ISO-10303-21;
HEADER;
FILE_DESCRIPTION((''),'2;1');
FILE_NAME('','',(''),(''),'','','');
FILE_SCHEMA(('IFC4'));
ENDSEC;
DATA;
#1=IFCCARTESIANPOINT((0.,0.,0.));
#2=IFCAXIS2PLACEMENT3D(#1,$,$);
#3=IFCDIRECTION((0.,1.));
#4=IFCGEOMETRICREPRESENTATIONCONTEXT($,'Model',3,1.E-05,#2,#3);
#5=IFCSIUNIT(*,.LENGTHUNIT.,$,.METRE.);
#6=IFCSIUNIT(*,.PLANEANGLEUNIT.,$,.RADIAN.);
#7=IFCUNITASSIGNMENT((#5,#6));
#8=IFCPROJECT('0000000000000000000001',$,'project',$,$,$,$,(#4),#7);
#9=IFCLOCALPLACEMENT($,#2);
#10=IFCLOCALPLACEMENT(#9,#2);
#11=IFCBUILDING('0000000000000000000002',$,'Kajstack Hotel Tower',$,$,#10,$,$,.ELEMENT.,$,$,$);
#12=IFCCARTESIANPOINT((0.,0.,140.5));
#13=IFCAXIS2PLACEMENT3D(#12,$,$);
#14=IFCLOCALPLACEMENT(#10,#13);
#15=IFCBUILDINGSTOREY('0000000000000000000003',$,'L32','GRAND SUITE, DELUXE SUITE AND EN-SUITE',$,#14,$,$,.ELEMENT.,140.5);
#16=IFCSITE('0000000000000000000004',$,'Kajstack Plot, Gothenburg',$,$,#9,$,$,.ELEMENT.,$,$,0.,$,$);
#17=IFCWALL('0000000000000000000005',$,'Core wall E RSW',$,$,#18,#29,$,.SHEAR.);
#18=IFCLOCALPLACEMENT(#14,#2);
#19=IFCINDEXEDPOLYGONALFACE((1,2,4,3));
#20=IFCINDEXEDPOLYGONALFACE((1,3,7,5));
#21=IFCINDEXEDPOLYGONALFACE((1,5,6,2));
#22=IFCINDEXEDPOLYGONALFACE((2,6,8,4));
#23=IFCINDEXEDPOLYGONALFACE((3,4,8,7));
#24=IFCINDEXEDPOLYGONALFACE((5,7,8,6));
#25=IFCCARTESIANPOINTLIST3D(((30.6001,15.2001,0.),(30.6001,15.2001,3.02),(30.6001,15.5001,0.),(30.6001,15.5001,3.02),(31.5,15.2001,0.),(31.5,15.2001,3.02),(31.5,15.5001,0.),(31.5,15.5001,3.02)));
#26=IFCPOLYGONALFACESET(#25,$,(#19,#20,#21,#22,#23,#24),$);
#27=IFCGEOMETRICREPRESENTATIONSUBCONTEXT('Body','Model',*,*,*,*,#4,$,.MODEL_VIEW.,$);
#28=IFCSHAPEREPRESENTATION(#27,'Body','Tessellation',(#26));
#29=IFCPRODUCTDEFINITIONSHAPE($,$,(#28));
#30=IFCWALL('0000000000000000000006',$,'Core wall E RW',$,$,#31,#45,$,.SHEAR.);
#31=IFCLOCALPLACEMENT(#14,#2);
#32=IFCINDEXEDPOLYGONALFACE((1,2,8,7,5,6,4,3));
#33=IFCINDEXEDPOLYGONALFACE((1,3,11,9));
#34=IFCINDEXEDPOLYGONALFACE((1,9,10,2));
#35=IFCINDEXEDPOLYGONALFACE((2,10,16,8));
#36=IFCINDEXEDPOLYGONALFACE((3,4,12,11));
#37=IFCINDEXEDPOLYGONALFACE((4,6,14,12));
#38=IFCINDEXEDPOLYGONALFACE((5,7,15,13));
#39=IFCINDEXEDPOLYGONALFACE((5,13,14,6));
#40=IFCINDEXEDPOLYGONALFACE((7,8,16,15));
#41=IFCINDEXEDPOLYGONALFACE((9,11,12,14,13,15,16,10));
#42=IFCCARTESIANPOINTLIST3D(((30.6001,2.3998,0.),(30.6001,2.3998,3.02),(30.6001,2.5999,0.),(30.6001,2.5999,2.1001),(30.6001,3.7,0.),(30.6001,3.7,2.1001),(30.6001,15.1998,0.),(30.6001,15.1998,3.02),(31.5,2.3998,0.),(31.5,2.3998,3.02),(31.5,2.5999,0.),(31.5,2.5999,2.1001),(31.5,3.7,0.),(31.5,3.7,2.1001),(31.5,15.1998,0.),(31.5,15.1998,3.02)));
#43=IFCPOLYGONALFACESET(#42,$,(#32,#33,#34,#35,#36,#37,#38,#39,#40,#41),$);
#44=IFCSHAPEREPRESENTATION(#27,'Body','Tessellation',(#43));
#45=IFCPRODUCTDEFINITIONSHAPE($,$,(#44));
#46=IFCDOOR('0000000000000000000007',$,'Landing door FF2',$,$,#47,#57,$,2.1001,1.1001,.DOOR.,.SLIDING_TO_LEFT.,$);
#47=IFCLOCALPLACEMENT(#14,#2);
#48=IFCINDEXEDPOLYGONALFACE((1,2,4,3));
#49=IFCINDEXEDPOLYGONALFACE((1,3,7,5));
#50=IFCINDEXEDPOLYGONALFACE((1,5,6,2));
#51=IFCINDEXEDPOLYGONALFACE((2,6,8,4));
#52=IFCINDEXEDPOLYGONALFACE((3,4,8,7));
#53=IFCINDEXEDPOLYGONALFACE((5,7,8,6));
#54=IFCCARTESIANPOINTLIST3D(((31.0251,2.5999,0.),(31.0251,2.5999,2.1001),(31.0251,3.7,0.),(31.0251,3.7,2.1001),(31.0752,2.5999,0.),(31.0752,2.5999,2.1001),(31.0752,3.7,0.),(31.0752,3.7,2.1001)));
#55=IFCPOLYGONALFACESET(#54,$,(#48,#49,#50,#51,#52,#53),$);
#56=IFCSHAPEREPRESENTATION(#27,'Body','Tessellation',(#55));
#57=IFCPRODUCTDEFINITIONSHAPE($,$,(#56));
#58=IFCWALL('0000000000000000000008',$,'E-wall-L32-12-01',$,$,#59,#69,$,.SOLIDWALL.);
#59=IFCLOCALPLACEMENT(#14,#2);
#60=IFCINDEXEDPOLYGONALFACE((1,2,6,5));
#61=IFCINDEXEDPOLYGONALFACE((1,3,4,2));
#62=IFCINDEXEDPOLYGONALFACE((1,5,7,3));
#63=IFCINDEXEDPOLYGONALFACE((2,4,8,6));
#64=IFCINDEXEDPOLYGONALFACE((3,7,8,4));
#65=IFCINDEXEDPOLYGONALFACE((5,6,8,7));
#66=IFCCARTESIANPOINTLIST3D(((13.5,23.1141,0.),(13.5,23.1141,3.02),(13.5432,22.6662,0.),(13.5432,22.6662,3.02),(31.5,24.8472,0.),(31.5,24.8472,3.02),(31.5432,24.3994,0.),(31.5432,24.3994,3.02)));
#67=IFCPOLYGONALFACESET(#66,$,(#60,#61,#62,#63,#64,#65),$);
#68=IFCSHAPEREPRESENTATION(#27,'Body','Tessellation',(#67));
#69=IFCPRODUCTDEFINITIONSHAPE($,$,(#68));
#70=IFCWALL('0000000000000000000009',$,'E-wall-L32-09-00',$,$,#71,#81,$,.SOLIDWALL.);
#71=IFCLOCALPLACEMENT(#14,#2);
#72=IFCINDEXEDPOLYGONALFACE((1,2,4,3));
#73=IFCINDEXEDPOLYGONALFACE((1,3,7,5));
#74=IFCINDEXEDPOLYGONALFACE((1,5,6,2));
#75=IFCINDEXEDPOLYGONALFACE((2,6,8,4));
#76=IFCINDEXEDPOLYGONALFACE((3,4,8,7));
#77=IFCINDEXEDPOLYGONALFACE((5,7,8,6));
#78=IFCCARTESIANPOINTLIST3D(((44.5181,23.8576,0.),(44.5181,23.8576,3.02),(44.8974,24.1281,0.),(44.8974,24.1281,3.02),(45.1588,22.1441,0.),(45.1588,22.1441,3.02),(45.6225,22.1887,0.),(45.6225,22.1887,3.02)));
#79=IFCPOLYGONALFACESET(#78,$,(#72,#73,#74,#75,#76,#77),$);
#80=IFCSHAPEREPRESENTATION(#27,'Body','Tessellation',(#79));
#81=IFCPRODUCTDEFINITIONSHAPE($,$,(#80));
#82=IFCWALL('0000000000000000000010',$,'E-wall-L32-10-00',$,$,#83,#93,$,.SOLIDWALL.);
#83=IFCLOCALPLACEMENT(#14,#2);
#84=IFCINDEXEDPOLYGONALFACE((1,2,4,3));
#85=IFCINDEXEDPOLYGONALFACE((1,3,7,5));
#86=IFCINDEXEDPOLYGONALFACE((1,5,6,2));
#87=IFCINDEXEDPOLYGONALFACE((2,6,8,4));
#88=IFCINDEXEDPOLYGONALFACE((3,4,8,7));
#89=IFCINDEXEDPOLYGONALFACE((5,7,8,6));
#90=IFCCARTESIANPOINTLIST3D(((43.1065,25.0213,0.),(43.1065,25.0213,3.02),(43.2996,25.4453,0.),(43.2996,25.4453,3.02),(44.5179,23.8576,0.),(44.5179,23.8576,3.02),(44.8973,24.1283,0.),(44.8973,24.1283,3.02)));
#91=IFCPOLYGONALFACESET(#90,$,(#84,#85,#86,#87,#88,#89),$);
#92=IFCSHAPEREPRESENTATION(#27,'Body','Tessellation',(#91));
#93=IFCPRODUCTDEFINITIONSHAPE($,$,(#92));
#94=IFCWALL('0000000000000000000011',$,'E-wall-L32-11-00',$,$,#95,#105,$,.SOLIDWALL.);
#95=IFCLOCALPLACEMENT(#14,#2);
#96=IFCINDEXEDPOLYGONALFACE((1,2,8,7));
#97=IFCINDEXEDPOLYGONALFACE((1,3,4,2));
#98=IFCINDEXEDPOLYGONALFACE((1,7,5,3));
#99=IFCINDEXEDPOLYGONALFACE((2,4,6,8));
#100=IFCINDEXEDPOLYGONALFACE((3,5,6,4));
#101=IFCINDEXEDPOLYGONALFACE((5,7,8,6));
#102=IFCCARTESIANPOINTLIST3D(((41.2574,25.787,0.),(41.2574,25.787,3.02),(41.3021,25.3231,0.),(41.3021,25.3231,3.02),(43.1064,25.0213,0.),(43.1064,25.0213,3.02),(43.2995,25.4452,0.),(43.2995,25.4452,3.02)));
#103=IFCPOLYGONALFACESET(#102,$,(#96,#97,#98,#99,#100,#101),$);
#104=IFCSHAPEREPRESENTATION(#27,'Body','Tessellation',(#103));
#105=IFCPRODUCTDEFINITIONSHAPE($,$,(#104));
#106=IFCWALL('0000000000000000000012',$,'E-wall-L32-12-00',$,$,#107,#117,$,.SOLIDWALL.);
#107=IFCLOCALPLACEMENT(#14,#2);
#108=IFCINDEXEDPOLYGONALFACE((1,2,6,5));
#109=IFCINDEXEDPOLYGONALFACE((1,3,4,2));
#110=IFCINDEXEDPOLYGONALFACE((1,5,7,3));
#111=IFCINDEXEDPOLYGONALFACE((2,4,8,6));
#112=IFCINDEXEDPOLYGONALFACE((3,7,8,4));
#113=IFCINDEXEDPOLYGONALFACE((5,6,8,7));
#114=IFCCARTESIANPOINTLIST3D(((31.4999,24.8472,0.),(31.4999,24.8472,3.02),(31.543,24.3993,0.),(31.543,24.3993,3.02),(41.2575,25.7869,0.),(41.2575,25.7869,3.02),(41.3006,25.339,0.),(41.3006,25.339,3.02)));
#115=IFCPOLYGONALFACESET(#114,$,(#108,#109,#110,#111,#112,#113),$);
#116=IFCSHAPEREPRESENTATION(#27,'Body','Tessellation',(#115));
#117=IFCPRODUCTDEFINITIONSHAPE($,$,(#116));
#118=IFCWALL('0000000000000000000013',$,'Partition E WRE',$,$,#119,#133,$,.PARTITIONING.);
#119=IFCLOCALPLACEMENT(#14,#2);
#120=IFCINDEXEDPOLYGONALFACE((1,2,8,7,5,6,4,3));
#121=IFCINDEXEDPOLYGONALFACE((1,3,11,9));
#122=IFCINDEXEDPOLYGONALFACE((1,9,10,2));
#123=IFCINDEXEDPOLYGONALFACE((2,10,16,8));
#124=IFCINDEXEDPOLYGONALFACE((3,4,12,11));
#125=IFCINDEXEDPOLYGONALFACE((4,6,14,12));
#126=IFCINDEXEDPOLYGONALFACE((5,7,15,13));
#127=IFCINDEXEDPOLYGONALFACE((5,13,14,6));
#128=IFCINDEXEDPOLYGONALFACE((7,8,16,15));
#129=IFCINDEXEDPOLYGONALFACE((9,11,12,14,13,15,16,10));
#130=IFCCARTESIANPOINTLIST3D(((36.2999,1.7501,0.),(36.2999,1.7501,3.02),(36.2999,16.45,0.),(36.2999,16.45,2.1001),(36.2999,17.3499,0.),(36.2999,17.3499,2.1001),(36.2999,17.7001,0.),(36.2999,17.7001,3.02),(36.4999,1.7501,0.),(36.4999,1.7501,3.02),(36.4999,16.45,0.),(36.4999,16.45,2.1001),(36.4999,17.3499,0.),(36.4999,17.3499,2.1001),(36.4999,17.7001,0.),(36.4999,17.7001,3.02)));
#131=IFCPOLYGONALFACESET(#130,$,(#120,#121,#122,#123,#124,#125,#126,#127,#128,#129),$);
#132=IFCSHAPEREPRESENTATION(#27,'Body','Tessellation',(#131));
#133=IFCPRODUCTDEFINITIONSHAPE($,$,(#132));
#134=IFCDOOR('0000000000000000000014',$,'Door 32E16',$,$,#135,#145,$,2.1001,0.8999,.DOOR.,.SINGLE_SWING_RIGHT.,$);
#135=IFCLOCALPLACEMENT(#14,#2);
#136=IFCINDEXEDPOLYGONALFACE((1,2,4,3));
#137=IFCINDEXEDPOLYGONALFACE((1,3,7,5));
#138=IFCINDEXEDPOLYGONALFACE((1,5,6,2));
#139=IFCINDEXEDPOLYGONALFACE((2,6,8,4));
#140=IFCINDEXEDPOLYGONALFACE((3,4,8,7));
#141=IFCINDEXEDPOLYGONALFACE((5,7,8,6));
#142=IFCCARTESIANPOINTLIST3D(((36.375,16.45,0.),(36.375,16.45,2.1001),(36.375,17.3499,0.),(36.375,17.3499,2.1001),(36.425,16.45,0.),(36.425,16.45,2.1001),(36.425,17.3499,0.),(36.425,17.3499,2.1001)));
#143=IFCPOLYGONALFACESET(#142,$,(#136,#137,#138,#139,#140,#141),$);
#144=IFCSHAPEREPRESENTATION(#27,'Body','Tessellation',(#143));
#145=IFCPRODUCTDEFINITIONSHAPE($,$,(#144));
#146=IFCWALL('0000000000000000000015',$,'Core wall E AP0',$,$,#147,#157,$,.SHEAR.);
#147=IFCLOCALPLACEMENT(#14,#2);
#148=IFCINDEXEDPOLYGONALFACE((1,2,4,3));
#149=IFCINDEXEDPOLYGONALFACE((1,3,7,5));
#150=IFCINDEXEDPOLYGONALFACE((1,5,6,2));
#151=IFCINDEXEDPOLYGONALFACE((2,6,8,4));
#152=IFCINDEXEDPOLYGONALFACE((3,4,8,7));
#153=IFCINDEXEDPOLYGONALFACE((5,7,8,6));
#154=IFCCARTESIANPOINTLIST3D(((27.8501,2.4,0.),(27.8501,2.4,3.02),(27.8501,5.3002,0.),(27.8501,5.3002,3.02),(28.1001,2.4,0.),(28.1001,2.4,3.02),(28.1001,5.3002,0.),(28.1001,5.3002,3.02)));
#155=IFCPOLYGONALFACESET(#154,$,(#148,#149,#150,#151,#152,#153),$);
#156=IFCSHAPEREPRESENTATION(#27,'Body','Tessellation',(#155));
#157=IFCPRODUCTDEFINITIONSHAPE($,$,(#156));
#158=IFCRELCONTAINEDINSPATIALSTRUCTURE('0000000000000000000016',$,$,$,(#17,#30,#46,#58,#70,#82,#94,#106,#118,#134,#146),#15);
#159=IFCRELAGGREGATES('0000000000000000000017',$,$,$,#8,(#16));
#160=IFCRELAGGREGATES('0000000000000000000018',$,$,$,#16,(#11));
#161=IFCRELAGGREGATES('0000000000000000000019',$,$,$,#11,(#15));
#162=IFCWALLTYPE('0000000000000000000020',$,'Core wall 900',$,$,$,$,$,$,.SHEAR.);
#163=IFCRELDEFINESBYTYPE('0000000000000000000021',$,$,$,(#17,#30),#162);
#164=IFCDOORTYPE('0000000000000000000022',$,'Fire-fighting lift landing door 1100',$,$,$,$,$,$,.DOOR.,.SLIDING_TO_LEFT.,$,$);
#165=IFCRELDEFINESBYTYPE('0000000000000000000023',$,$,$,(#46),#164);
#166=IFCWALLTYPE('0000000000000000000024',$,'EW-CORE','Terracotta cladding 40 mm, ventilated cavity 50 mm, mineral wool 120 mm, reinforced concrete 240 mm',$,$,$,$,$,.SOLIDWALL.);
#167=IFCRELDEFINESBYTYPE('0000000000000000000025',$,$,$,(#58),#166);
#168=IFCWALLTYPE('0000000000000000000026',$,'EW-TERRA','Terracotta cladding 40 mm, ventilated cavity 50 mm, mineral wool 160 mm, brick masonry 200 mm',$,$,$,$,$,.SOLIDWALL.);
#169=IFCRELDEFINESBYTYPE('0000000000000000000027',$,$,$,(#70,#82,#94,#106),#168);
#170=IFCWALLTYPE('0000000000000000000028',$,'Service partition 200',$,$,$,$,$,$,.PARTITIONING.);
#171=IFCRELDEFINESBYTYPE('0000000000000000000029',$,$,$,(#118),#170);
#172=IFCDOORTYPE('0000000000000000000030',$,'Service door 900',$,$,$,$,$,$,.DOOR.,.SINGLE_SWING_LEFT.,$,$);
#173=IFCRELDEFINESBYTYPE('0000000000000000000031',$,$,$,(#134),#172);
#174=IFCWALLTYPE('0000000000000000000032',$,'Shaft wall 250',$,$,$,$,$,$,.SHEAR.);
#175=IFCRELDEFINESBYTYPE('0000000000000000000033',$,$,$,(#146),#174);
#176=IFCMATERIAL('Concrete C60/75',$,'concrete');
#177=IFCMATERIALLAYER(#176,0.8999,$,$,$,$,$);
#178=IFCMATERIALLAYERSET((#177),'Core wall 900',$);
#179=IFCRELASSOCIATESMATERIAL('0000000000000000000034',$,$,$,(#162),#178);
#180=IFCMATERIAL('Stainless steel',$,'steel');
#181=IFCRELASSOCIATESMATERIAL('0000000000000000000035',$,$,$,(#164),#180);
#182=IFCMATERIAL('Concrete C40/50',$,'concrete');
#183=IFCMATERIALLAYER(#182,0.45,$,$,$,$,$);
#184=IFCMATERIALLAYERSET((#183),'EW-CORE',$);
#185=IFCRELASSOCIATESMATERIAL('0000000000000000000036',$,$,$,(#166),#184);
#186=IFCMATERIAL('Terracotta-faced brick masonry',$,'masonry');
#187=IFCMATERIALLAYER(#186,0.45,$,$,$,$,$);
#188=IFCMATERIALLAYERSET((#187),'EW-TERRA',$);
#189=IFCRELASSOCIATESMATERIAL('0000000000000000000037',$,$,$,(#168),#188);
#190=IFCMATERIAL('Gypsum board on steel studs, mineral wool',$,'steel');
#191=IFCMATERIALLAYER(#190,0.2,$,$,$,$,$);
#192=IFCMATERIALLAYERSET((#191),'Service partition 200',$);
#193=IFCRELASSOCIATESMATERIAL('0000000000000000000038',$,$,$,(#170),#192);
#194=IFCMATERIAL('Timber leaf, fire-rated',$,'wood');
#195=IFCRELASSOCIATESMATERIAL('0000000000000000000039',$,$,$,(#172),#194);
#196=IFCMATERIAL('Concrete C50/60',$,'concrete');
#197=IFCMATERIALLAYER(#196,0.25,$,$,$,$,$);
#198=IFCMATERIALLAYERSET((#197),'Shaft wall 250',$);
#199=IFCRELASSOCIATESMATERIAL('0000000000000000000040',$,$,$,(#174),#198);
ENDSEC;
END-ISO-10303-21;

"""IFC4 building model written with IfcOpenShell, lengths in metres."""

from ifc_helpers import new_model, si_unit, direction, frame, frame_2d, origin, place, context, subcontext, project, spatial, polyline, rectangle, outline, extrude, material, layer, layer_set, type_object, element, fill, save


model = new_model("IFC4")

# Units and contexts
model_context = context("Model", 3, precision=1e-05, world=origin(), true_north=direction((0.0, 1.0)))
body_context = subcontext(model_context, "Body", "Model", "MODEL_VIEW")
ifc_project = project(units=[si_unit("LENGTHUNIT", "METRE"), si_unit("PLANEANGLEUNIT", "RADIAN")], contexts=[model_context])

# Site, building, storey
site_placement = place(None, origin())
site = spatial("IfcSite", under=ifc_project, at=site_placement, Name="Kajstack Plot, Gothenburg", CompositionType="ELEMENT", RefElevation=0.0)
building_placement = place(site_placement, origin())
building = spatial("IfcBuilding", under=site, at=building_placement, Name="Kajstack Hotel Tower", CompositionType="ELEMENT")
storey_placement = place(building_placement, frame((0.0, 0.0, 140.5)))
storey = spatial("IfcBuildingStorey", under=building, at=storey_placement, Name="L32", Description="GRAND SUITE, DELUXE SUITE AND EN-SUITE", CompositionType="ELEMENT", Elevation=140.5)

# Wall
ifc_material_1 = material(Name="Concrete C60/75", Category="concrete")
ifc_layer_1 = layer(ifc_material_1, 0.8999)
ifc_layer_set_1 = layer_set([ifc_layer_1], Name="Core wall 900")
wall_type_1 = type_object("IfcWallType", Name="Core wall 900", PredefinedType="SHEAR", material=ifc_layer_set_1)
wall_1_placement = place(storey_placement, frame((30.6001, 15.3501, 0.0), z_axis=(0.0, 0.0, 1.0), x_axis=(1.0, 0.0, 0.0)))
element("IfcWall", 1, at=wall_1_placement, inside=storey, type_object=wall_type_1, Name="Core wall E RSW", PredefinedType="SHEAR", context=body_context, shape_type="SweptSolid", body=[
    extrude(rectangle(XDim=0.8999, YDim=0.3, at=frame_2d((0.45, 0.0))), origin(), (0.0, 0.0, 1.0), 3.02),
])

# Wall, opening, door
wall_2_placement = place(storey_placement, frame((31.05, 2.3999, 0.0), z_axis=(0.0, 0.0, 1.0), x_axis=(0.0, 1.0, 0.0)))
wall_2 = element("IfcWall", 2, at=wall_2_placement, inside=storey, type_object=wall_type_1, Name="Core wall E RW", PredefinedType="SHEAR", context=body_context, shape_type="SweptSolid", body=[
    extrude(rectangle(XDim=12.8, YDim=0.8999, at=frame_2d((6.3999, 0.0))), origin(), (0.0, 0.0, 1.0), 3.02),
])
opening_1_placement = place(wall_2_placement, frame((0.2, 0.0, 0.0)))
opening_1 = element("IfcOpeningElement", 3, at=opening_1_placement, cuts=wall_2, PredefinedType="OPENING", context=body_context, shape_type="SweptSolid", body=[
    extrude(rectangle(XDim=1.1001, YDim=2.1001, at=frame_2d((0.55, 1.05))), frame((0.0, 0.46, 0.0), z_axis=(0.0, -1.0, 0.0), x_axis=(1.0, 0.0, 0.0)), (0.0, 0.0, 1.0), 0.9199),
])
ifc_material_2 = material(Name="Stainless steel", Category="steel")
door_type_1 = type_object("IfcDoorType", Name="Fire-fighting lift landing door 1100", OperationType="SLIDING_TO_LEFT", PredefinedType="DOOR", material=ifc_material_2)
door_1_placement = place(opening_1_placement, origin())
door_1 = element("IfcDoor", 4, at=door_1_placement, inside=storey, type_object=door_type_1, Name="Landing door FF2", OperationType="SLIDING_TO_LEFT", OverallHeight=2.1001, OverallWidth=1.1001, PredefinedType="DOOR", context=body_context, shape_type="SweptSolid", body=[
    extrude(rectangle(XDim=1.1001, YDim=2.1001, at=frame_2d((0.55, 1.05))), frame((0.0, 0.0249, 0.0), z_axis=(0.0, -1.0, 0.0), x_axis=(1.0, 0.0, 0.0)), (0.0, 0.0, 1.0), 0.05),
])
fill(opening_1, door_1)

# Walls
ifc_material_3 = material(Name="Concrete C40/50", Category="concrete")
ifc_layer_2 = layer(ifc_material_3, 0.45)
ifc_layer_set_2 = layer_set([ifc_layer_2], Name="EW-CORE")
wall_type_2 = type_object("IfcWallType", Name="EW-CORE", Description="Terracotta cladding 40 mm, ventilated cavity 50 mm, mineral wool 120 mm, reinforced concrete 240 mm", PredefinedType="SOLIDWALL", material=ifc_layer_set_2)
wall_3_placement = place(storey_placement, frame((31.5215, 24.6233, 0.0), z_axis=(0.0, 0.0, 1.0), x_axis=(-0.995396, -0.095843, 0.0)))
element("IfcWall", 5, at=wall_3_placement, inside=storey, type_object=wall_type_2, Name="E-wall-L32-12-01", PredefinedType="SOLIDWALL", context=body_context, shape_type="SweptSolid", body=[
    extrude(rectangle(XDim=18.0833, YDim=0.45, at=frame_2d((9.0415, 0.0))), origin(), (0.0, 0.0, 1.0), 3.02),
])
ifc_material_4 = material(Name="Terracotta-faced brick masonry", Category="masonry")
ifc_layer_3 = layer(ifc_material_4, 0.45)
ifc_layer_set_3 = layer_set([ifc_layer_3], Name="EW-TERRA")
wall_type_3 = type_object("IfcWallType", Name="EW-TERRA", Description="Terracotta cladding 40 mm, ventilated cavity 50 mm, mineral wool 160 mm, brick masonry 200 mm", PredefinedType="SOLIDWALL", material=ifc_layer_set_3)
wall_4_placement = place(storey_placement, frame((45.4116, 22.1099, 0.0), z_axis=(0.0, 0.0, 1.0), x_axis=(-0.350193, 0.936678, 0.0)))
element("IfcWall", 6, at=wall_4_placement, inside=storey, type_object=wall_type_3, Name="E-wall-L32-09-00", PredefinedType="SOLIDWALL", context=body_context, shape_type="SweptSolid", body=[
    extrude(outline(polyline([(0.0, -0.2251), (2.0706, -0.2251), (1.95, 0.2249), (0.1206, 0.2249), (0.0, -0.2251)])), origin(), (0.0, 0.0, 1.0), 3.02),
])
wall_5_placement = place(storey_placement, frame((44.7542, 23.9546, 0.0), z_axis=(0.0, 0.0, 1.0), x_axis=(-0.771651, 0.636046, 0.0)))
element("IfcWall", 7, at=wall_5_placement, inside=storey, type_object=wall_type_3, Name="E-wall-L32-10-00", PredefinedType="SOLIDWALL", context=body_context, shape_type="SweptSolid", body=[
    extrude(outline(polyline([(0.0, -0.2251), (2.0706, -0.2251), (1.95, 0.2249), (0.1206, 0.2251), (0.0, -0.2251)])), origin(), (0.0, 0.0, 1.0), 3.02),
])
wall_6_placement = place(storey_placement, frame((43.2625, 25.2234, 0.0), z_axis=(0.0, 0.0, 1.0), x_axis=(-0.986298, 0.164973, 0.0)))
element("IfcWall", 8, at=wall_6_placement, inside=storey, type_object=wall_type_3, Name="E-wall-L32-11-00", PredefinedType="SOLIDWALL", context=body_context, shape_type="SweptSolid", body=[
    extrude(outline(polyline([(0.0, -0.2249), (2.0706, -0.2251), (1.95, 0.2251), (0.1206, 0.2251), (0.0, -0.2249)])), origin(), (0.0, 0.0, 1.0), 3.02),
])
wall_7_placement = place(storey_placement, frame((41.2791, 25.563, 0.0), z_axis=(0.0, 0.0, 1.0), x_axis=(-0.995395, -0.095861, 0.0)))
element("IfcWall", 9, at=wall_7_placement, inside=storey, type_object=wall_type_3, Name="E-wall-L32-12-00", PredefinedType="SOLIDWALL", context=body_context, shape_type="SweptSolid", body=[
    extrude(rectangle(XDim=9.8027, YDim=0.45, at=frame_2d((4.9014, 0.0))), origin(), (0.0, 0.0, 1.0), 3.02),
])

# Wall, opening, door
ifc_material_5 = material(Name="Gypsum board on steel studs, mineral wool", Category="steel")
ifc_layer_4 = layer(ifc_material_5, 0.2)
ifc_layer_set_4 = layer_set([ifc_layer_4], Name="Service partition 200")
wall_type_4 = type_object("IfcWallType", Name="Service partition 200", PredefinedType="PARTITIONING", material=ifc_layer_set_4)
wall_8_placement = place(storey_placement, frame((36.3999, 1.75, 0.0), z_axis=(0.0, 0.0, 1.0), x_axis=(0.0, 1.0, 0.0)))
wall_8 = element("IfcWall", 10, at=wall_8_placement, inside=storey, type_object=wall_type_4, Name="Partition E WRE", PredefinedType="PARTITIONING", context=body_context, shape_type="SweptSolid", body=[
    extrude(rectangle(XDim=15.95, YDim=0.2, at=frame_2d((7.9751, 0.0))), origin(), (0.0, 0.0, 1.0), 3.02),
])
opening_2_placement = place(wall_8_placement, frame((14.7, 0.0, 0.0)))
opening_2 = element("IfcOpeningElement", 11, at=opening_2_placement, cuts=wall_8, PredefinedType="OPENING", context=body_context, shape_type="SweptSolid", body=[
    extrude(rectangle(XDim=0.8999, YDim=2.1001, at=frame_2d((0.45, 1.05))), frame((0.0, 0.1099, 0.0), z_axis=(0.0, -1.0, 0.0), x_axis=(1.0, 0.0, 0.0)), (0.0, 0.0, 1.0), 0.22),
])
ifc_material_6 = material(Name="Timber leaf, fire-rated", Category="wood")
door_type_2 = type_object("IfcDoorType", Name="Service door 900", OperationType="SINGLE_SWING_LEFT", PredefinedType="DOOR", material=ifc_material_6)
door_2_placement = place(opening_2_placement, origin())
door_2 = element("IfcDoor", 12, at=door_2_placement, inside=storey, type_object=door_type_2, Name="Door 32E16", OperationType="SINGLE_SWING_RIGHT", OverallHeight=2.1001, OverallWidth=0.8999, PredefinedType="DOOR", context=body_context, shape_type="SweptSolid", body=[
    extrude(rectangle(XDim=0.8999, YDim=2.1001, at=frame_2d((0.45, 1.05))), frame((0.0, 0.0249, 0.0), z_axis=(0.0, -1.0, 0.0), x_axis=(1.0, 0.0, 0.0)), (0.0, 0.0, 1.0), 0.05),
])
fill(opening_2, door_2)

# Wall
ifc_material_7 = material(Name="Concrete C50/60", Category="concrete")
ifc_layer_5 = layer(ifc_material_7, 0.25)
ifc_layer_set_5 = layer_set([ifc_layer_5], Name="Shaft wall 250")
wall_type_5 = type_object("IfcWallType", Name="Shaft wall 250", PredefinedType="SHEAR", material=ifc_layer_set_5)
wall_9_placement = place(storey_placement, frame((27.9751, 2.3999, 0.0), z_axis=(0.0, 0.0, 1.0), x_axis=(0.0, 1.0, 0.0)))
element("IfcWall", 13, at=wall_9_placement, inside=storey, type_object=wall_type_5, Name="Core wall E AP0", PredefinedType="SHEAR", context=body_context, shape_type="SweptSolid", body=[
    extrude(rectangle(XDim=2.9001, YDim=0.25, at=frame_2d((1.4502, 0.0))), origin(), (0.0, 0.0, 1.0), 3.02),
])

save(model, "model.ifc")
